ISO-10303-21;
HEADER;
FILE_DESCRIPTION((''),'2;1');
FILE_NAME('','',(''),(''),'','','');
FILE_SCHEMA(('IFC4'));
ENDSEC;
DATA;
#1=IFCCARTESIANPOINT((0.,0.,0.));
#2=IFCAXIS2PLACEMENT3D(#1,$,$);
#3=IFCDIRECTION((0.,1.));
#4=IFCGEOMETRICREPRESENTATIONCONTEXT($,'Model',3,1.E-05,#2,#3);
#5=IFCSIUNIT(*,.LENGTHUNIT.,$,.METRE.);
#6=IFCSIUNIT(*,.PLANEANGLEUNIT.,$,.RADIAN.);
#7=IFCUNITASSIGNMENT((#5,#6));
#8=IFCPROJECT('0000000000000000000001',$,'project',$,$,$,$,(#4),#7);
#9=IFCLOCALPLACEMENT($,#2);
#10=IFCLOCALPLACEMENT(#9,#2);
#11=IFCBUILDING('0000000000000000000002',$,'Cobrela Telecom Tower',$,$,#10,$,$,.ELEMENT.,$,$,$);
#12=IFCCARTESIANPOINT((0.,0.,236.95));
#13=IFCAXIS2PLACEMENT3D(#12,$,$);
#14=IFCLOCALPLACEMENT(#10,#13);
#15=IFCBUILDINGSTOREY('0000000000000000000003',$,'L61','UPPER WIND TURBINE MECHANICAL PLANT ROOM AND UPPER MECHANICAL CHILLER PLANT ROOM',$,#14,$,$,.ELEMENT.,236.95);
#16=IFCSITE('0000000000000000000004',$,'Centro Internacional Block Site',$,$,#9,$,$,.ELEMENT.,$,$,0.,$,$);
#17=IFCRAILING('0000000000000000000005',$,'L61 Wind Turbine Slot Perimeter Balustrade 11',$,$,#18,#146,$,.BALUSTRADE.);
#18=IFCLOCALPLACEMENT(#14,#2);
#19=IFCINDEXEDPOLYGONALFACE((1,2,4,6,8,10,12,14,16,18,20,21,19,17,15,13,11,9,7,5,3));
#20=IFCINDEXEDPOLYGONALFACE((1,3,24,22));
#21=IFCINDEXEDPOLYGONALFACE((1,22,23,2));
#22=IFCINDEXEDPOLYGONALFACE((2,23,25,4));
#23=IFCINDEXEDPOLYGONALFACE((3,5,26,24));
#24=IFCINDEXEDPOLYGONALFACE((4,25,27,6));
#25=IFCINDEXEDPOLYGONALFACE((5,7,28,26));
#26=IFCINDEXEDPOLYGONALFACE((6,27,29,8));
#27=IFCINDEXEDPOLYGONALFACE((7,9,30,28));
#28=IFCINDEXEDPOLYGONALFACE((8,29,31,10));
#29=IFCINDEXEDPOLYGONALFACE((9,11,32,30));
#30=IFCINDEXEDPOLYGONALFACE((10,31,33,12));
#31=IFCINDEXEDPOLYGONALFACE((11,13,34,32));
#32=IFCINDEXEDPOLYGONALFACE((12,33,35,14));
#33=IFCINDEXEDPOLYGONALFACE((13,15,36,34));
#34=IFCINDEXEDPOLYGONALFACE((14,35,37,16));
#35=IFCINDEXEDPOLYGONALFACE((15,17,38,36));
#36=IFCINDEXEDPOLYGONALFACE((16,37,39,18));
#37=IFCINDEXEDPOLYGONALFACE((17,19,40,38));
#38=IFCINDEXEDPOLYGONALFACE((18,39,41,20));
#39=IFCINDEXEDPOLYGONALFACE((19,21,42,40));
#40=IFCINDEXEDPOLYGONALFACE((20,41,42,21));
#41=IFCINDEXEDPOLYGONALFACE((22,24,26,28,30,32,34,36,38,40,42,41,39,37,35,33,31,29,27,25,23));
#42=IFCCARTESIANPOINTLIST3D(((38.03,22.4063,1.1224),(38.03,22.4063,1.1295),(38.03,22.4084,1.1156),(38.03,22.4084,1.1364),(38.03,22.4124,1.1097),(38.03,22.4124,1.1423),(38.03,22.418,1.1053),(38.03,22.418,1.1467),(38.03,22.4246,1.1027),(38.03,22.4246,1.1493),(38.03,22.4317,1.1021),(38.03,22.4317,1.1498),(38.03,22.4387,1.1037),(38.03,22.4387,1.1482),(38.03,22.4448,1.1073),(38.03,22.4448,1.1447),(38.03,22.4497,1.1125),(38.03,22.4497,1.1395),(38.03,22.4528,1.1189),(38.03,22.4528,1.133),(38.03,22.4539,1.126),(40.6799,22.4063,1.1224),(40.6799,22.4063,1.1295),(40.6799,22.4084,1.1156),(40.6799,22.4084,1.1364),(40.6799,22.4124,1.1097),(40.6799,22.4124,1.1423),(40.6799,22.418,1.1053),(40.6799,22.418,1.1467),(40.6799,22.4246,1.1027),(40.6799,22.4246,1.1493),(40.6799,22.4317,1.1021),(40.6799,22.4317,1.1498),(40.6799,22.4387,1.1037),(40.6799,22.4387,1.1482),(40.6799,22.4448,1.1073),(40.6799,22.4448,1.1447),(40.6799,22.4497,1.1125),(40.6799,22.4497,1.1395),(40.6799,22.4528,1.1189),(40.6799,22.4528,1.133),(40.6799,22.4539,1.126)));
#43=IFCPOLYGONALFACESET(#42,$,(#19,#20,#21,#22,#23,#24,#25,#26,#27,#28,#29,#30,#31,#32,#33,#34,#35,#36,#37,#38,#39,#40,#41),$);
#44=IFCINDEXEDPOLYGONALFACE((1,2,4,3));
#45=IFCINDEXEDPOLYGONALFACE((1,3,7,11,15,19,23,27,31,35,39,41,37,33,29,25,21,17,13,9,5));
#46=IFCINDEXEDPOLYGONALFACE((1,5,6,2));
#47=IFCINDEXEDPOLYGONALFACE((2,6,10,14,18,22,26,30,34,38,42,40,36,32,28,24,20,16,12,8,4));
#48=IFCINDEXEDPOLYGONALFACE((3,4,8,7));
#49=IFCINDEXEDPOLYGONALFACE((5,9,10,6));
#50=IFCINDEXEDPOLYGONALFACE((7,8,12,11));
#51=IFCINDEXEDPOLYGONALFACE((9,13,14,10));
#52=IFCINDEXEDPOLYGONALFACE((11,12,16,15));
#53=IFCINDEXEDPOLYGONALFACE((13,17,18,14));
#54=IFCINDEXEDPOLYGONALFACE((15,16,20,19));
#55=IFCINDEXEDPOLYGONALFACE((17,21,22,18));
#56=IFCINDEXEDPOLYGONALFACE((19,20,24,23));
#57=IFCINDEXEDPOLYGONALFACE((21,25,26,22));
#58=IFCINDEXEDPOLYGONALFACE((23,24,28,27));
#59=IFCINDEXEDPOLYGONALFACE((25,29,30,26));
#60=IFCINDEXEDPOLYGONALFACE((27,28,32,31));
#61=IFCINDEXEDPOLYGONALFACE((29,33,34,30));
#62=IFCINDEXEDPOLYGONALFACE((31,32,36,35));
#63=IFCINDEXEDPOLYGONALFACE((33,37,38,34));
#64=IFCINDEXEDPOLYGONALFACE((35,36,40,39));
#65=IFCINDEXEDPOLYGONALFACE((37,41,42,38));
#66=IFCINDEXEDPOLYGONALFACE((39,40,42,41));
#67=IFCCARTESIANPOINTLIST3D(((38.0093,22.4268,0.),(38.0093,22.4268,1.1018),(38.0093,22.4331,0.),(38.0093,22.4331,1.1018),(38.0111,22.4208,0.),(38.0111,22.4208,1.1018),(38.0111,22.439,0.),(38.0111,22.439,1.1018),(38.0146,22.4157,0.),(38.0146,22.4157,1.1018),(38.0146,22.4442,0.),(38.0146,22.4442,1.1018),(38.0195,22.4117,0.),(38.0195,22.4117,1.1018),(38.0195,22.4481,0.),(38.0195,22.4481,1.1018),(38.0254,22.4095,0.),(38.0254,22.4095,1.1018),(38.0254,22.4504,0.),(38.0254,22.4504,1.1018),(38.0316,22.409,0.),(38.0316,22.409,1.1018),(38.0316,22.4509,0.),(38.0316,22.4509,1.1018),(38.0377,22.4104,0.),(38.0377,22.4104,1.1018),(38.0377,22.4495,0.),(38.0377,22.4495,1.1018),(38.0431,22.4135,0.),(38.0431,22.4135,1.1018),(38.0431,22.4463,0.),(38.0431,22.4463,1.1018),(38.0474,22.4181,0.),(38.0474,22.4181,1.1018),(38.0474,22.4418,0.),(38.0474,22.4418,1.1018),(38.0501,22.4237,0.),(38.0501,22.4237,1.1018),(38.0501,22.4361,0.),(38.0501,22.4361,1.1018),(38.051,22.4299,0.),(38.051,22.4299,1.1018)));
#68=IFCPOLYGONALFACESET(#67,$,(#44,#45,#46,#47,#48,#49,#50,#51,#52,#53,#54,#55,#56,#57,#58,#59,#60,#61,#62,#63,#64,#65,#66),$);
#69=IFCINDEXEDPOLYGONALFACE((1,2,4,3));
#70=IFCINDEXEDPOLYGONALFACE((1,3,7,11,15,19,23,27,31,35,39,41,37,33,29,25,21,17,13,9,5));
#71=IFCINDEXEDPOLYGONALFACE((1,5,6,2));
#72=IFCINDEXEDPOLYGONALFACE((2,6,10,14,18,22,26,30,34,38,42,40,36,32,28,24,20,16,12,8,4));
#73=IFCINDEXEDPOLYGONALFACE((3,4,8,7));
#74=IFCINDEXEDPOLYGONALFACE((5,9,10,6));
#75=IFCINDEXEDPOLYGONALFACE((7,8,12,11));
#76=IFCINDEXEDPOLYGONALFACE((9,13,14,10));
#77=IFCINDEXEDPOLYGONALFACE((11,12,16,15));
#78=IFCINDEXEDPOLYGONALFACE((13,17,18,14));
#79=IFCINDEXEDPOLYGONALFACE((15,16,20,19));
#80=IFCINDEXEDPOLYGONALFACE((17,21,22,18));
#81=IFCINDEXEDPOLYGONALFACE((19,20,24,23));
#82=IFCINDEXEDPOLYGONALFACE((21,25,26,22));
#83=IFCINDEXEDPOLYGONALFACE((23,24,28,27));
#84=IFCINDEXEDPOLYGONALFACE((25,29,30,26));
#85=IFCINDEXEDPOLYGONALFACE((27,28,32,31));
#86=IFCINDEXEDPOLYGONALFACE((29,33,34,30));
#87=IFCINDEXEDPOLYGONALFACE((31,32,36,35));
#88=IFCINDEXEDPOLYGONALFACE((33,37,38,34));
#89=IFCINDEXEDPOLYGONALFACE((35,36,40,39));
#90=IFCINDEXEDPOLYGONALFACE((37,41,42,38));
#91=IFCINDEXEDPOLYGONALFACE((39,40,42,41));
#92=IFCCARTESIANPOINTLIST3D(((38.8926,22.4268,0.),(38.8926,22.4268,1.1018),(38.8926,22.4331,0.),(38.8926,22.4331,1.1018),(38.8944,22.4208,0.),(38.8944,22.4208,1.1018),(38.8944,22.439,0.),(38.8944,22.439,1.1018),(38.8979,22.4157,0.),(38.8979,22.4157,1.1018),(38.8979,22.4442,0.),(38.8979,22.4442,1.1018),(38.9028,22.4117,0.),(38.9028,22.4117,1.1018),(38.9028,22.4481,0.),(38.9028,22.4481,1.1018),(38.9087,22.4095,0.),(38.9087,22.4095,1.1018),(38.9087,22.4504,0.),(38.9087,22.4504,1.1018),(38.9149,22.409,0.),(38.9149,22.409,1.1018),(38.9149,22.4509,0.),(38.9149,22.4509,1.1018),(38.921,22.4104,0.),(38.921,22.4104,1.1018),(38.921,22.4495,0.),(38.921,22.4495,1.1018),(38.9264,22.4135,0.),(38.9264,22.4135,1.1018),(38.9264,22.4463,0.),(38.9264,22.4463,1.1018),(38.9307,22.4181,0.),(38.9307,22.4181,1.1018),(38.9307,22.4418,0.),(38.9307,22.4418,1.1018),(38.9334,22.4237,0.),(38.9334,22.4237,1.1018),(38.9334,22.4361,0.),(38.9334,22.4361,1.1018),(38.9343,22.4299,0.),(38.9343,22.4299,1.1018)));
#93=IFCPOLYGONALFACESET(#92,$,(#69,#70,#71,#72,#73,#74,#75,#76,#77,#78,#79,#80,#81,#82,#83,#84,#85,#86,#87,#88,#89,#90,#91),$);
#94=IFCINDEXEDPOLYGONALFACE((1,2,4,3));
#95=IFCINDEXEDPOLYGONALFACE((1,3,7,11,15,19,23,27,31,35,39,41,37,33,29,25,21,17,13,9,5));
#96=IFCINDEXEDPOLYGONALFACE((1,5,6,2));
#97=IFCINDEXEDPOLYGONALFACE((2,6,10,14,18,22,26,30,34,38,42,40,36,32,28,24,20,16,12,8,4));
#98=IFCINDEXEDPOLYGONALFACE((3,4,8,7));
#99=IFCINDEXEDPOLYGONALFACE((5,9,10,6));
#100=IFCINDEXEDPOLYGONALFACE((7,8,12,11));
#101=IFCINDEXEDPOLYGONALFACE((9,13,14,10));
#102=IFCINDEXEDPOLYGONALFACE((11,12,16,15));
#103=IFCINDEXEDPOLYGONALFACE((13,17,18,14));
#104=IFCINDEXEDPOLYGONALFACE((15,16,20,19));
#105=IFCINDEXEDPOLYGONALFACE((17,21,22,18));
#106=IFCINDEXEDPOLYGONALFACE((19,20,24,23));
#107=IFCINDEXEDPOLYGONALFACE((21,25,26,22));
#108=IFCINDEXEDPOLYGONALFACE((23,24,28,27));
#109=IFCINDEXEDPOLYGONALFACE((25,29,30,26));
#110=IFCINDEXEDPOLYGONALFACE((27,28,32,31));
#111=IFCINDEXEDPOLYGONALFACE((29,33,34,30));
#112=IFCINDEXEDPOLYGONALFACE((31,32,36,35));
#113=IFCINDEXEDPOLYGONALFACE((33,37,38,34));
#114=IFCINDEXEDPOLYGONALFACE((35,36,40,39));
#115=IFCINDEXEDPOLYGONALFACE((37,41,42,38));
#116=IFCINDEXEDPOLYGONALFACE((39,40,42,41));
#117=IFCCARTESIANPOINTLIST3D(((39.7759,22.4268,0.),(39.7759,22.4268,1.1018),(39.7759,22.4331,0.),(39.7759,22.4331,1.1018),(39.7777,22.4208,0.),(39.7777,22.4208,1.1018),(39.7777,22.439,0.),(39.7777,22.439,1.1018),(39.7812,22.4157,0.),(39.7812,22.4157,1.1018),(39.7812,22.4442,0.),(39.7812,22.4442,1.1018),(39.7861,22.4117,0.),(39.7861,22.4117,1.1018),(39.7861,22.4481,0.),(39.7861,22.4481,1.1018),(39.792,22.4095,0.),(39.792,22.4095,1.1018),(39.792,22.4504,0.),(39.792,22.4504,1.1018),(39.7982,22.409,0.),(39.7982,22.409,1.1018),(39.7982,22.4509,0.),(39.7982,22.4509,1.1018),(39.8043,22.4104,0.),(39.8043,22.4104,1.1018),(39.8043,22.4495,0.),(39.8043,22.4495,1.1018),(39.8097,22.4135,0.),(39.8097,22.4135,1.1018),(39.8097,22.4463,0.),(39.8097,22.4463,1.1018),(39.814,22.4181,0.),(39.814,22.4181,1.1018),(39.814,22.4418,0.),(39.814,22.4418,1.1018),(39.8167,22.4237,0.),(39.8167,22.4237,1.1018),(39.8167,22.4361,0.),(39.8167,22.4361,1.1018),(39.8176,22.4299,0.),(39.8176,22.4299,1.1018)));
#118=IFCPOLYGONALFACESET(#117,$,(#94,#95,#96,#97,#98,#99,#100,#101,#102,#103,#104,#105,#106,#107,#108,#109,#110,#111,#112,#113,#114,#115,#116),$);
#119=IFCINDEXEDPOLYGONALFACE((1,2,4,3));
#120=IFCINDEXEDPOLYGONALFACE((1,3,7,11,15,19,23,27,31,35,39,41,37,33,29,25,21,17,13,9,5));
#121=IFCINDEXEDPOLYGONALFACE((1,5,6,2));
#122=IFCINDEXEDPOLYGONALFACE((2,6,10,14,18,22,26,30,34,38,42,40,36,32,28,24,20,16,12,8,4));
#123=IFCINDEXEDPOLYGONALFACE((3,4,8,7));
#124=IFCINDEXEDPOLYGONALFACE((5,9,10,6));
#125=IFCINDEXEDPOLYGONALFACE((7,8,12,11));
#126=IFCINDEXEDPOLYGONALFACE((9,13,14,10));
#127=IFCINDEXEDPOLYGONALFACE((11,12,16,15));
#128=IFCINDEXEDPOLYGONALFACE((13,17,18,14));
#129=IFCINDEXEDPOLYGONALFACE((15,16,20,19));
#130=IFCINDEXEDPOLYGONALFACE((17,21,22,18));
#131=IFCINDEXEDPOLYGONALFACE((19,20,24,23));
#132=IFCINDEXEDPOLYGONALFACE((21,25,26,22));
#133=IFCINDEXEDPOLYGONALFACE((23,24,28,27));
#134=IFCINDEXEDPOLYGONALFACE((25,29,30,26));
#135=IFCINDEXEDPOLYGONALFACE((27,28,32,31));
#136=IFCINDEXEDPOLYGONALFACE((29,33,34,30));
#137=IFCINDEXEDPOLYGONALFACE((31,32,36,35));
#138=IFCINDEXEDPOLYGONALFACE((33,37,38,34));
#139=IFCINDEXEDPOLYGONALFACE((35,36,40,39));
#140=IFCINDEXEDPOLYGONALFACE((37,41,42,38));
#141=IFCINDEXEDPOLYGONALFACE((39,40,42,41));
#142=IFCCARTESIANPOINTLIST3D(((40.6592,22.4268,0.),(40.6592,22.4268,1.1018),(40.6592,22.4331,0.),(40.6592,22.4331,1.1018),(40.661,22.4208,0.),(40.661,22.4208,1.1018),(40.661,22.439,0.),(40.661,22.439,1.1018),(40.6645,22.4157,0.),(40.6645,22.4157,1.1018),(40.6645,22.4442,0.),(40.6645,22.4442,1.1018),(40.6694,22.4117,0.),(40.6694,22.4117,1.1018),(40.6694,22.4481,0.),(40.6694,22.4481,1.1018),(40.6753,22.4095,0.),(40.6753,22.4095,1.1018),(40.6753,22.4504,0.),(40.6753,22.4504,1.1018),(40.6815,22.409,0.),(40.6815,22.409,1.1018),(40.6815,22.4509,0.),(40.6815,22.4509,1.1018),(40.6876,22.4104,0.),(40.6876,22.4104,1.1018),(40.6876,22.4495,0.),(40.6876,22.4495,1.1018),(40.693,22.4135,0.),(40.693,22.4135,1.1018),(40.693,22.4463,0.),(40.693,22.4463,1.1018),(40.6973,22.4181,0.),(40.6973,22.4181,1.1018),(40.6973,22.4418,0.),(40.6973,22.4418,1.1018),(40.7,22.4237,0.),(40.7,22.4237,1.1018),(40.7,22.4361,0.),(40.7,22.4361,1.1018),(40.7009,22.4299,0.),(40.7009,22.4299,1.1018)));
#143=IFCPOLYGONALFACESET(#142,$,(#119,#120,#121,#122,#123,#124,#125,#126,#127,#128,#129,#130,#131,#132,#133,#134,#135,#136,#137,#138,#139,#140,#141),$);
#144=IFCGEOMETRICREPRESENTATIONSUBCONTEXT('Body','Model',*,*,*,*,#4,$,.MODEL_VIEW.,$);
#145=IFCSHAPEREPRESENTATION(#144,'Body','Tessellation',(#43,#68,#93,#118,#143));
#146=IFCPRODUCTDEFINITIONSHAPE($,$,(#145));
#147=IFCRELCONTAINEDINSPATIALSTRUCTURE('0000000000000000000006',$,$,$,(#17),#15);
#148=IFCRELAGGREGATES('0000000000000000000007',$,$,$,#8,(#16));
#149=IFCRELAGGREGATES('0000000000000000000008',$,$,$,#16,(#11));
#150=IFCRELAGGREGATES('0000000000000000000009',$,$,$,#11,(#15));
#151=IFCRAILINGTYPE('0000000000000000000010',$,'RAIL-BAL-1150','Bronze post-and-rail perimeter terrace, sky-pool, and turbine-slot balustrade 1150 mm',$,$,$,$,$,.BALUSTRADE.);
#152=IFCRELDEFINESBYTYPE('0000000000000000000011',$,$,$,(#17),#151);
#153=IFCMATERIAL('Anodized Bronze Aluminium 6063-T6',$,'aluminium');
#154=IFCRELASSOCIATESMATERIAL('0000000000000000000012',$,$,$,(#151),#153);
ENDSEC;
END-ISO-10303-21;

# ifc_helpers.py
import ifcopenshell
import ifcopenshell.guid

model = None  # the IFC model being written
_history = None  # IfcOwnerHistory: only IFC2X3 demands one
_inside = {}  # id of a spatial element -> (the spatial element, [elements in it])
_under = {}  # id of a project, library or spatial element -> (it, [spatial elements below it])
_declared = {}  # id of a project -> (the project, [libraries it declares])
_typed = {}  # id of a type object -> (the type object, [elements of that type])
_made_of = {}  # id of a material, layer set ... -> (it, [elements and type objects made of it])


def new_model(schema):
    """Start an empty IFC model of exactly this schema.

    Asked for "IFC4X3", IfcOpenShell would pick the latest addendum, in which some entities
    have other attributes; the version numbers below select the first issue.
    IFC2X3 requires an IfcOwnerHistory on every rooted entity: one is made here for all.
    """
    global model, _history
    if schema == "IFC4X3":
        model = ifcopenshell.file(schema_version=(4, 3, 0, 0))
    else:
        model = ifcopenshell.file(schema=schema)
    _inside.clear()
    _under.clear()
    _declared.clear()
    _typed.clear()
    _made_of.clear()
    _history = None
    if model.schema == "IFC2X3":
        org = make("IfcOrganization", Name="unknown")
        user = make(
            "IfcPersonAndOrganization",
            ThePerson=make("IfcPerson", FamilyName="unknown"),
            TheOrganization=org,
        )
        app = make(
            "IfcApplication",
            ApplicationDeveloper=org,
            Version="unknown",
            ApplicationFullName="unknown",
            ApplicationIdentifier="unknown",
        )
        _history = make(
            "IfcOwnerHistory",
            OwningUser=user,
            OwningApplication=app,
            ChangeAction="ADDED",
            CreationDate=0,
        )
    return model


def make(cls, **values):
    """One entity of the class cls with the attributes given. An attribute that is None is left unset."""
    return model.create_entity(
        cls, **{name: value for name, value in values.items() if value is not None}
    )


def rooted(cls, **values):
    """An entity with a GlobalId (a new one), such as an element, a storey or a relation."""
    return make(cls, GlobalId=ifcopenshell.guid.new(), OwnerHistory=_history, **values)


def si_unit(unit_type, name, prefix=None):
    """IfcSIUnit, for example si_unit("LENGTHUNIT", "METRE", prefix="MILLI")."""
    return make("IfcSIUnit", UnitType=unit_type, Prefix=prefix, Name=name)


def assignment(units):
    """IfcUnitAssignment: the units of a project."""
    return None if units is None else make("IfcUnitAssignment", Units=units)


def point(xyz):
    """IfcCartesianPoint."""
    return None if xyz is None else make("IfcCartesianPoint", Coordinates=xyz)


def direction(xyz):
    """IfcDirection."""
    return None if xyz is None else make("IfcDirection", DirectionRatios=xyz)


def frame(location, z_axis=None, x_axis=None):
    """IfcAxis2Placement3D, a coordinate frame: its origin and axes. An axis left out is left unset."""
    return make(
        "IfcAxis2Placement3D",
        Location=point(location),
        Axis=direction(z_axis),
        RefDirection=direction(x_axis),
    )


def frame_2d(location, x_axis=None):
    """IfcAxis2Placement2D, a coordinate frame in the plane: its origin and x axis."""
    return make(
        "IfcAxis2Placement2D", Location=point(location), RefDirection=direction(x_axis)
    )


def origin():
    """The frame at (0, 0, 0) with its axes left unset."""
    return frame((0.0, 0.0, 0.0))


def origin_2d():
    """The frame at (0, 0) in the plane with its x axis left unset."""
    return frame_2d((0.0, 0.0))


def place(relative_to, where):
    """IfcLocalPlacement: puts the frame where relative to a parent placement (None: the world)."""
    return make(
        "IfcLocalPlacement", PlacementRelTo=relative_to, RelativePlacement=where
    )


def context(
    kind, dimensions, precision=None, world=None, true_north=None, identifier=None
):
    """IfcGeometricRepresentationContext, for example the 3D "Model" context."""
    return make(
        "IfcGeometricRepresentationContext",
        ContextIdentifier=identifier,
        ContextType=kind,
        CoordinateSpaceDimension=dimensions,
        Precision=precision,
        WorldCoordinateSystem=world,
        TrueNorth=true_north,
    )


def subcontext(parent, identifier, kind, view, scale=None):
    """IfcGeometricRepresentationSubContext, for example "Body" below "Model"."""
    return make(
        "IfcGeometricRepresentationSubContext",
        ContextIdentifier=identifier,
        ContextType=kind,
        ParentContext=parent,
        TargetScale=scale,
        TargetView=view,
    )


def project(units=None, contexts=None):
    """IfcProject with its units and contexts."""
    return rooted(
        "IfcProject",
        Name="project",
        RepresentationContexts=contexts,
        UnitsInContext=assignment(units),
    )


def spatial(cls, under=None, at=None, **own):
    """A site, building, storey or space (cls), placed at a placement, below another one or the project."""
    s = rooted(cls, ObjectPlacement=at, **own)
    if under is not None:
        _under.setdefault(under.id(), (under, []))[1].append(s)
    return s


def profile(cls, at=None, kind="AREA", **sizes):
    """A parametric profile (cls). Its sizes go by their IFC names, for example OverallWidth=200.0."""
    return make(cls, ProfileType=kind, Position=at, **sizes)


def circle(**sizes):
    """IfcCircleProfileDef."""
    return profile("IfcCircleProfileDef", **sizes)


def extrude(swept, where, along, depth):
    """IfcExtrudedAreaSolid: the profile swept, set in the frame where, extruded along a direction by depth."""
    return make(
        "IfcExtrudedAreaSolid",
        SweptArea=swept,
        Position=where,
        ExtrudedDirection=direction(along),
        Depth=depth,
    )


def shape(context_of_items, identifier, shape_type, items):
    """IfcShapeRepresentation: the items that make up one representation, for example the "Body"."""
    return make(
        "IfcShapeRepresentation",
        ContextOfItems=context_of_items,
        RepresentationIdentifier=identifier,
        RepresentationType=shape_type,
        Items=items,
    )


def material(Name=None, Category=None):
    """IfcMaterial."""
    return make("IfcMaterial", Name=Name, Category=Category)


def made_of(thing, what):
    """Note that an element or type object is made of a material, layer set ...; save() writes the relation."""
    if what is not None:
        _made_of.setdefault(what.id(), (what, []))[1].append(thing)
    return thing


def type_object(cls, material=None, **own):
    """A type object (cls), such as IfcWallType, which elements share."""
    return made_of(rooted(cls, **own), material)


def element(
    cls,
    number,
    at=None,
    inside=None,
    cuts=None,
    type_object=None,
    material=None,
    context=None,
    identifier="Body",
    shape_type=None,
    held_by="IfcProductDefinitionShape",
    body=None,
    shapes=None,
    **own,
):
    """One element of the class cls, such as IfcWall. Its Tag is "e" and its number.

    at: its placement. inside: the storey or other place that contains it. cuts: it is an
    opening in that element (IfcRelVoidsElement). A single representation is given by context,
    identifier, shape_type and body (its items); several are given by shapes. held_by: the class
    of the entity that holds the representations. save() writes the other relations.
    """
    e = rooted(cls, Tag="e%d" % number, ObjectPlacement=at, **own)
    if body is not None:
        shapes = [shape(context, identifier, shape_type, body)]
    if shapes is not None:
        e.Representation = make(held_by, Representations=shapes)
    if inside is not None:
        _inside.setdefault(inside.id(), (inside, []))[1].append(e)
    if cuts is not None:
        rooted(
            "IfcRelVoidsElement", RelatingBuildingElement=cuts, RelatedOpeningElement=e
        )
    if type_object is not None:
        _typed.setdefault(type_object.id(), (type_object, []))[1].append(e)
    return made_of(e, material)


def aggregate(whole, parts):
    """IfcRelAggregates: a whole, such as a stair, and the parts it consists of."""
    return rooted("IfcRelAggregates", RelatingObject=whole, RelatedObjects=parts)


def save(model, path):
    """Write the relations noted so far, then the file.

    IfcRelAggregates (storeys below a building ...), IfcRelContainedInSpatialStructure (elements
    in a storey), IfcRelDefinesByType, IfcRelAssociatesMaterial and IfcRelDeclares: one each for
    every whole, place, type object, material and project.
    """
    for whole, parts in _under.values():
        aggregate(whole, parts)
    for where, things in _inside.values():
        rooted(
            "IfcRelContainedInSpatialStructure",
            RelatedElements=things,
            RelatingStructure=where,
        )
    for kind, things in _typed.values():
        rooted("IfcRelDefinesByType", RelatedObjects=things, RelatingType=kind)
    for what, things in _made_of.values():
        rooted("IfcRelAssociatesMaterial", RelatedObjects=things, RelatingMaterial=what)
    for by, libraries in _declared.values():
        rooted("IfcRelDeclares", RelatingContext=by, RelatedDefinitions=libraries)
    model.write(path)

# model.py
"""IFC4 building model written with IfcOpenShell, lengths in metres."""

from ifc_helpers import new_model, si_unit, direction, frame, origin, origin_2d, place, context, subcontext, project, spatial, circle, extrude, material, type_object, element, save


model = new_model("IFC4")

# Units and contexts
model_context = context("Model", 3, precision=1e-05, world=origin(), true_north=direction((0.0, 1.0)))
body_context = subcontext(model_context, "Body", "Model", "MODEL_VIEW")
ifc_project = project(units=[si_unit("LENGTHUNIT", "METRE"), si_unit("PLANEANGLEUNIT", "RADIAN")], contexts=[model_context])

# Site, building, storey
site_placement = place(None, origin())
site = spatial("IfcSite", under=ifc_project, at=site_placement, Name="Centro Internacional Block Site", CompositionType="ELEMENT", RefElevation=0.0)
building_placement = place(site_placement, origin())
building = spatial("IfcBuilding", under=site, at=building_placement, Name="Cobrela Telecom Tower", CompositionType="ELEMENT")
storey_placement = place(building_placement, frame((0.0, 0.0, 236.95)))
storey = spatial("IfcBuildingStorey", under=building, at=storey_placement, Name="L61", Description="UPPER WIND TURBINE MECHANICAL PLANT ROOM AND UPPER MECHANICAL CHILLER PLANT ROOM", CompositionType="ELEMENT", Elevation=236.95)

# Railing
ifc_material_1 = material(Name="Anodized Bronze Aluminium 6063-T6", Category="aluminium")
railing_type = type_object("IfcRailingType", Name="RAIL-BAL-1150", Description="Bronze post-and-rail perimeter terrace, sky-pool, and turbine-slot balustrade 1150 mm", PredefinedType="BALUSTRADE", material=ifc_material_1)
railing_1_placement = place(storey_placement, frame((38.03, 22.4299, 0.0)))
element("IfcRailing", 1, at=railing_1_placement, inside=storey, type_object=railing_type, Name="L61 Wind Turbine Slot Perimeter Balustrade 11", PredefinedType="BALUSTRADE", context=body_context, shape_type="SweptSolid", body=[
    extrude(circle(Radius=0.0239, at=origin_2d()), frame((0.0, 0.0, 1.126), z_axis=(1.0, 0.0, 0.0), x_axis=(0.0, 1.0, 0.0)), (0.0, 0.0, 1.0), 2.6499),
    extrude(circle(Radius=0.021, at=origin_2d()), origin(), (0.0, 0.0, 1.0), 1.1018),
    extrude(circle(Radius=0.021, at=origin_2d()), frame((0.8833, 0.0, 0.0)), (0.0, 0.0, 1.0), 1.1018),
    extrude(circle(Radius=0.021, at=origin_2d()), frame((1.7666, 0.0, 0.0)), (0.0, 0.0, 1.0), 1.1018),
    extrude(circle(Radius=0.021, at=origin_2d()), frame((2.6499, 0.0, 0.0)), (0.0, 0.0, 1.0), 1.1018),
])

save(model, "model.ifc")
